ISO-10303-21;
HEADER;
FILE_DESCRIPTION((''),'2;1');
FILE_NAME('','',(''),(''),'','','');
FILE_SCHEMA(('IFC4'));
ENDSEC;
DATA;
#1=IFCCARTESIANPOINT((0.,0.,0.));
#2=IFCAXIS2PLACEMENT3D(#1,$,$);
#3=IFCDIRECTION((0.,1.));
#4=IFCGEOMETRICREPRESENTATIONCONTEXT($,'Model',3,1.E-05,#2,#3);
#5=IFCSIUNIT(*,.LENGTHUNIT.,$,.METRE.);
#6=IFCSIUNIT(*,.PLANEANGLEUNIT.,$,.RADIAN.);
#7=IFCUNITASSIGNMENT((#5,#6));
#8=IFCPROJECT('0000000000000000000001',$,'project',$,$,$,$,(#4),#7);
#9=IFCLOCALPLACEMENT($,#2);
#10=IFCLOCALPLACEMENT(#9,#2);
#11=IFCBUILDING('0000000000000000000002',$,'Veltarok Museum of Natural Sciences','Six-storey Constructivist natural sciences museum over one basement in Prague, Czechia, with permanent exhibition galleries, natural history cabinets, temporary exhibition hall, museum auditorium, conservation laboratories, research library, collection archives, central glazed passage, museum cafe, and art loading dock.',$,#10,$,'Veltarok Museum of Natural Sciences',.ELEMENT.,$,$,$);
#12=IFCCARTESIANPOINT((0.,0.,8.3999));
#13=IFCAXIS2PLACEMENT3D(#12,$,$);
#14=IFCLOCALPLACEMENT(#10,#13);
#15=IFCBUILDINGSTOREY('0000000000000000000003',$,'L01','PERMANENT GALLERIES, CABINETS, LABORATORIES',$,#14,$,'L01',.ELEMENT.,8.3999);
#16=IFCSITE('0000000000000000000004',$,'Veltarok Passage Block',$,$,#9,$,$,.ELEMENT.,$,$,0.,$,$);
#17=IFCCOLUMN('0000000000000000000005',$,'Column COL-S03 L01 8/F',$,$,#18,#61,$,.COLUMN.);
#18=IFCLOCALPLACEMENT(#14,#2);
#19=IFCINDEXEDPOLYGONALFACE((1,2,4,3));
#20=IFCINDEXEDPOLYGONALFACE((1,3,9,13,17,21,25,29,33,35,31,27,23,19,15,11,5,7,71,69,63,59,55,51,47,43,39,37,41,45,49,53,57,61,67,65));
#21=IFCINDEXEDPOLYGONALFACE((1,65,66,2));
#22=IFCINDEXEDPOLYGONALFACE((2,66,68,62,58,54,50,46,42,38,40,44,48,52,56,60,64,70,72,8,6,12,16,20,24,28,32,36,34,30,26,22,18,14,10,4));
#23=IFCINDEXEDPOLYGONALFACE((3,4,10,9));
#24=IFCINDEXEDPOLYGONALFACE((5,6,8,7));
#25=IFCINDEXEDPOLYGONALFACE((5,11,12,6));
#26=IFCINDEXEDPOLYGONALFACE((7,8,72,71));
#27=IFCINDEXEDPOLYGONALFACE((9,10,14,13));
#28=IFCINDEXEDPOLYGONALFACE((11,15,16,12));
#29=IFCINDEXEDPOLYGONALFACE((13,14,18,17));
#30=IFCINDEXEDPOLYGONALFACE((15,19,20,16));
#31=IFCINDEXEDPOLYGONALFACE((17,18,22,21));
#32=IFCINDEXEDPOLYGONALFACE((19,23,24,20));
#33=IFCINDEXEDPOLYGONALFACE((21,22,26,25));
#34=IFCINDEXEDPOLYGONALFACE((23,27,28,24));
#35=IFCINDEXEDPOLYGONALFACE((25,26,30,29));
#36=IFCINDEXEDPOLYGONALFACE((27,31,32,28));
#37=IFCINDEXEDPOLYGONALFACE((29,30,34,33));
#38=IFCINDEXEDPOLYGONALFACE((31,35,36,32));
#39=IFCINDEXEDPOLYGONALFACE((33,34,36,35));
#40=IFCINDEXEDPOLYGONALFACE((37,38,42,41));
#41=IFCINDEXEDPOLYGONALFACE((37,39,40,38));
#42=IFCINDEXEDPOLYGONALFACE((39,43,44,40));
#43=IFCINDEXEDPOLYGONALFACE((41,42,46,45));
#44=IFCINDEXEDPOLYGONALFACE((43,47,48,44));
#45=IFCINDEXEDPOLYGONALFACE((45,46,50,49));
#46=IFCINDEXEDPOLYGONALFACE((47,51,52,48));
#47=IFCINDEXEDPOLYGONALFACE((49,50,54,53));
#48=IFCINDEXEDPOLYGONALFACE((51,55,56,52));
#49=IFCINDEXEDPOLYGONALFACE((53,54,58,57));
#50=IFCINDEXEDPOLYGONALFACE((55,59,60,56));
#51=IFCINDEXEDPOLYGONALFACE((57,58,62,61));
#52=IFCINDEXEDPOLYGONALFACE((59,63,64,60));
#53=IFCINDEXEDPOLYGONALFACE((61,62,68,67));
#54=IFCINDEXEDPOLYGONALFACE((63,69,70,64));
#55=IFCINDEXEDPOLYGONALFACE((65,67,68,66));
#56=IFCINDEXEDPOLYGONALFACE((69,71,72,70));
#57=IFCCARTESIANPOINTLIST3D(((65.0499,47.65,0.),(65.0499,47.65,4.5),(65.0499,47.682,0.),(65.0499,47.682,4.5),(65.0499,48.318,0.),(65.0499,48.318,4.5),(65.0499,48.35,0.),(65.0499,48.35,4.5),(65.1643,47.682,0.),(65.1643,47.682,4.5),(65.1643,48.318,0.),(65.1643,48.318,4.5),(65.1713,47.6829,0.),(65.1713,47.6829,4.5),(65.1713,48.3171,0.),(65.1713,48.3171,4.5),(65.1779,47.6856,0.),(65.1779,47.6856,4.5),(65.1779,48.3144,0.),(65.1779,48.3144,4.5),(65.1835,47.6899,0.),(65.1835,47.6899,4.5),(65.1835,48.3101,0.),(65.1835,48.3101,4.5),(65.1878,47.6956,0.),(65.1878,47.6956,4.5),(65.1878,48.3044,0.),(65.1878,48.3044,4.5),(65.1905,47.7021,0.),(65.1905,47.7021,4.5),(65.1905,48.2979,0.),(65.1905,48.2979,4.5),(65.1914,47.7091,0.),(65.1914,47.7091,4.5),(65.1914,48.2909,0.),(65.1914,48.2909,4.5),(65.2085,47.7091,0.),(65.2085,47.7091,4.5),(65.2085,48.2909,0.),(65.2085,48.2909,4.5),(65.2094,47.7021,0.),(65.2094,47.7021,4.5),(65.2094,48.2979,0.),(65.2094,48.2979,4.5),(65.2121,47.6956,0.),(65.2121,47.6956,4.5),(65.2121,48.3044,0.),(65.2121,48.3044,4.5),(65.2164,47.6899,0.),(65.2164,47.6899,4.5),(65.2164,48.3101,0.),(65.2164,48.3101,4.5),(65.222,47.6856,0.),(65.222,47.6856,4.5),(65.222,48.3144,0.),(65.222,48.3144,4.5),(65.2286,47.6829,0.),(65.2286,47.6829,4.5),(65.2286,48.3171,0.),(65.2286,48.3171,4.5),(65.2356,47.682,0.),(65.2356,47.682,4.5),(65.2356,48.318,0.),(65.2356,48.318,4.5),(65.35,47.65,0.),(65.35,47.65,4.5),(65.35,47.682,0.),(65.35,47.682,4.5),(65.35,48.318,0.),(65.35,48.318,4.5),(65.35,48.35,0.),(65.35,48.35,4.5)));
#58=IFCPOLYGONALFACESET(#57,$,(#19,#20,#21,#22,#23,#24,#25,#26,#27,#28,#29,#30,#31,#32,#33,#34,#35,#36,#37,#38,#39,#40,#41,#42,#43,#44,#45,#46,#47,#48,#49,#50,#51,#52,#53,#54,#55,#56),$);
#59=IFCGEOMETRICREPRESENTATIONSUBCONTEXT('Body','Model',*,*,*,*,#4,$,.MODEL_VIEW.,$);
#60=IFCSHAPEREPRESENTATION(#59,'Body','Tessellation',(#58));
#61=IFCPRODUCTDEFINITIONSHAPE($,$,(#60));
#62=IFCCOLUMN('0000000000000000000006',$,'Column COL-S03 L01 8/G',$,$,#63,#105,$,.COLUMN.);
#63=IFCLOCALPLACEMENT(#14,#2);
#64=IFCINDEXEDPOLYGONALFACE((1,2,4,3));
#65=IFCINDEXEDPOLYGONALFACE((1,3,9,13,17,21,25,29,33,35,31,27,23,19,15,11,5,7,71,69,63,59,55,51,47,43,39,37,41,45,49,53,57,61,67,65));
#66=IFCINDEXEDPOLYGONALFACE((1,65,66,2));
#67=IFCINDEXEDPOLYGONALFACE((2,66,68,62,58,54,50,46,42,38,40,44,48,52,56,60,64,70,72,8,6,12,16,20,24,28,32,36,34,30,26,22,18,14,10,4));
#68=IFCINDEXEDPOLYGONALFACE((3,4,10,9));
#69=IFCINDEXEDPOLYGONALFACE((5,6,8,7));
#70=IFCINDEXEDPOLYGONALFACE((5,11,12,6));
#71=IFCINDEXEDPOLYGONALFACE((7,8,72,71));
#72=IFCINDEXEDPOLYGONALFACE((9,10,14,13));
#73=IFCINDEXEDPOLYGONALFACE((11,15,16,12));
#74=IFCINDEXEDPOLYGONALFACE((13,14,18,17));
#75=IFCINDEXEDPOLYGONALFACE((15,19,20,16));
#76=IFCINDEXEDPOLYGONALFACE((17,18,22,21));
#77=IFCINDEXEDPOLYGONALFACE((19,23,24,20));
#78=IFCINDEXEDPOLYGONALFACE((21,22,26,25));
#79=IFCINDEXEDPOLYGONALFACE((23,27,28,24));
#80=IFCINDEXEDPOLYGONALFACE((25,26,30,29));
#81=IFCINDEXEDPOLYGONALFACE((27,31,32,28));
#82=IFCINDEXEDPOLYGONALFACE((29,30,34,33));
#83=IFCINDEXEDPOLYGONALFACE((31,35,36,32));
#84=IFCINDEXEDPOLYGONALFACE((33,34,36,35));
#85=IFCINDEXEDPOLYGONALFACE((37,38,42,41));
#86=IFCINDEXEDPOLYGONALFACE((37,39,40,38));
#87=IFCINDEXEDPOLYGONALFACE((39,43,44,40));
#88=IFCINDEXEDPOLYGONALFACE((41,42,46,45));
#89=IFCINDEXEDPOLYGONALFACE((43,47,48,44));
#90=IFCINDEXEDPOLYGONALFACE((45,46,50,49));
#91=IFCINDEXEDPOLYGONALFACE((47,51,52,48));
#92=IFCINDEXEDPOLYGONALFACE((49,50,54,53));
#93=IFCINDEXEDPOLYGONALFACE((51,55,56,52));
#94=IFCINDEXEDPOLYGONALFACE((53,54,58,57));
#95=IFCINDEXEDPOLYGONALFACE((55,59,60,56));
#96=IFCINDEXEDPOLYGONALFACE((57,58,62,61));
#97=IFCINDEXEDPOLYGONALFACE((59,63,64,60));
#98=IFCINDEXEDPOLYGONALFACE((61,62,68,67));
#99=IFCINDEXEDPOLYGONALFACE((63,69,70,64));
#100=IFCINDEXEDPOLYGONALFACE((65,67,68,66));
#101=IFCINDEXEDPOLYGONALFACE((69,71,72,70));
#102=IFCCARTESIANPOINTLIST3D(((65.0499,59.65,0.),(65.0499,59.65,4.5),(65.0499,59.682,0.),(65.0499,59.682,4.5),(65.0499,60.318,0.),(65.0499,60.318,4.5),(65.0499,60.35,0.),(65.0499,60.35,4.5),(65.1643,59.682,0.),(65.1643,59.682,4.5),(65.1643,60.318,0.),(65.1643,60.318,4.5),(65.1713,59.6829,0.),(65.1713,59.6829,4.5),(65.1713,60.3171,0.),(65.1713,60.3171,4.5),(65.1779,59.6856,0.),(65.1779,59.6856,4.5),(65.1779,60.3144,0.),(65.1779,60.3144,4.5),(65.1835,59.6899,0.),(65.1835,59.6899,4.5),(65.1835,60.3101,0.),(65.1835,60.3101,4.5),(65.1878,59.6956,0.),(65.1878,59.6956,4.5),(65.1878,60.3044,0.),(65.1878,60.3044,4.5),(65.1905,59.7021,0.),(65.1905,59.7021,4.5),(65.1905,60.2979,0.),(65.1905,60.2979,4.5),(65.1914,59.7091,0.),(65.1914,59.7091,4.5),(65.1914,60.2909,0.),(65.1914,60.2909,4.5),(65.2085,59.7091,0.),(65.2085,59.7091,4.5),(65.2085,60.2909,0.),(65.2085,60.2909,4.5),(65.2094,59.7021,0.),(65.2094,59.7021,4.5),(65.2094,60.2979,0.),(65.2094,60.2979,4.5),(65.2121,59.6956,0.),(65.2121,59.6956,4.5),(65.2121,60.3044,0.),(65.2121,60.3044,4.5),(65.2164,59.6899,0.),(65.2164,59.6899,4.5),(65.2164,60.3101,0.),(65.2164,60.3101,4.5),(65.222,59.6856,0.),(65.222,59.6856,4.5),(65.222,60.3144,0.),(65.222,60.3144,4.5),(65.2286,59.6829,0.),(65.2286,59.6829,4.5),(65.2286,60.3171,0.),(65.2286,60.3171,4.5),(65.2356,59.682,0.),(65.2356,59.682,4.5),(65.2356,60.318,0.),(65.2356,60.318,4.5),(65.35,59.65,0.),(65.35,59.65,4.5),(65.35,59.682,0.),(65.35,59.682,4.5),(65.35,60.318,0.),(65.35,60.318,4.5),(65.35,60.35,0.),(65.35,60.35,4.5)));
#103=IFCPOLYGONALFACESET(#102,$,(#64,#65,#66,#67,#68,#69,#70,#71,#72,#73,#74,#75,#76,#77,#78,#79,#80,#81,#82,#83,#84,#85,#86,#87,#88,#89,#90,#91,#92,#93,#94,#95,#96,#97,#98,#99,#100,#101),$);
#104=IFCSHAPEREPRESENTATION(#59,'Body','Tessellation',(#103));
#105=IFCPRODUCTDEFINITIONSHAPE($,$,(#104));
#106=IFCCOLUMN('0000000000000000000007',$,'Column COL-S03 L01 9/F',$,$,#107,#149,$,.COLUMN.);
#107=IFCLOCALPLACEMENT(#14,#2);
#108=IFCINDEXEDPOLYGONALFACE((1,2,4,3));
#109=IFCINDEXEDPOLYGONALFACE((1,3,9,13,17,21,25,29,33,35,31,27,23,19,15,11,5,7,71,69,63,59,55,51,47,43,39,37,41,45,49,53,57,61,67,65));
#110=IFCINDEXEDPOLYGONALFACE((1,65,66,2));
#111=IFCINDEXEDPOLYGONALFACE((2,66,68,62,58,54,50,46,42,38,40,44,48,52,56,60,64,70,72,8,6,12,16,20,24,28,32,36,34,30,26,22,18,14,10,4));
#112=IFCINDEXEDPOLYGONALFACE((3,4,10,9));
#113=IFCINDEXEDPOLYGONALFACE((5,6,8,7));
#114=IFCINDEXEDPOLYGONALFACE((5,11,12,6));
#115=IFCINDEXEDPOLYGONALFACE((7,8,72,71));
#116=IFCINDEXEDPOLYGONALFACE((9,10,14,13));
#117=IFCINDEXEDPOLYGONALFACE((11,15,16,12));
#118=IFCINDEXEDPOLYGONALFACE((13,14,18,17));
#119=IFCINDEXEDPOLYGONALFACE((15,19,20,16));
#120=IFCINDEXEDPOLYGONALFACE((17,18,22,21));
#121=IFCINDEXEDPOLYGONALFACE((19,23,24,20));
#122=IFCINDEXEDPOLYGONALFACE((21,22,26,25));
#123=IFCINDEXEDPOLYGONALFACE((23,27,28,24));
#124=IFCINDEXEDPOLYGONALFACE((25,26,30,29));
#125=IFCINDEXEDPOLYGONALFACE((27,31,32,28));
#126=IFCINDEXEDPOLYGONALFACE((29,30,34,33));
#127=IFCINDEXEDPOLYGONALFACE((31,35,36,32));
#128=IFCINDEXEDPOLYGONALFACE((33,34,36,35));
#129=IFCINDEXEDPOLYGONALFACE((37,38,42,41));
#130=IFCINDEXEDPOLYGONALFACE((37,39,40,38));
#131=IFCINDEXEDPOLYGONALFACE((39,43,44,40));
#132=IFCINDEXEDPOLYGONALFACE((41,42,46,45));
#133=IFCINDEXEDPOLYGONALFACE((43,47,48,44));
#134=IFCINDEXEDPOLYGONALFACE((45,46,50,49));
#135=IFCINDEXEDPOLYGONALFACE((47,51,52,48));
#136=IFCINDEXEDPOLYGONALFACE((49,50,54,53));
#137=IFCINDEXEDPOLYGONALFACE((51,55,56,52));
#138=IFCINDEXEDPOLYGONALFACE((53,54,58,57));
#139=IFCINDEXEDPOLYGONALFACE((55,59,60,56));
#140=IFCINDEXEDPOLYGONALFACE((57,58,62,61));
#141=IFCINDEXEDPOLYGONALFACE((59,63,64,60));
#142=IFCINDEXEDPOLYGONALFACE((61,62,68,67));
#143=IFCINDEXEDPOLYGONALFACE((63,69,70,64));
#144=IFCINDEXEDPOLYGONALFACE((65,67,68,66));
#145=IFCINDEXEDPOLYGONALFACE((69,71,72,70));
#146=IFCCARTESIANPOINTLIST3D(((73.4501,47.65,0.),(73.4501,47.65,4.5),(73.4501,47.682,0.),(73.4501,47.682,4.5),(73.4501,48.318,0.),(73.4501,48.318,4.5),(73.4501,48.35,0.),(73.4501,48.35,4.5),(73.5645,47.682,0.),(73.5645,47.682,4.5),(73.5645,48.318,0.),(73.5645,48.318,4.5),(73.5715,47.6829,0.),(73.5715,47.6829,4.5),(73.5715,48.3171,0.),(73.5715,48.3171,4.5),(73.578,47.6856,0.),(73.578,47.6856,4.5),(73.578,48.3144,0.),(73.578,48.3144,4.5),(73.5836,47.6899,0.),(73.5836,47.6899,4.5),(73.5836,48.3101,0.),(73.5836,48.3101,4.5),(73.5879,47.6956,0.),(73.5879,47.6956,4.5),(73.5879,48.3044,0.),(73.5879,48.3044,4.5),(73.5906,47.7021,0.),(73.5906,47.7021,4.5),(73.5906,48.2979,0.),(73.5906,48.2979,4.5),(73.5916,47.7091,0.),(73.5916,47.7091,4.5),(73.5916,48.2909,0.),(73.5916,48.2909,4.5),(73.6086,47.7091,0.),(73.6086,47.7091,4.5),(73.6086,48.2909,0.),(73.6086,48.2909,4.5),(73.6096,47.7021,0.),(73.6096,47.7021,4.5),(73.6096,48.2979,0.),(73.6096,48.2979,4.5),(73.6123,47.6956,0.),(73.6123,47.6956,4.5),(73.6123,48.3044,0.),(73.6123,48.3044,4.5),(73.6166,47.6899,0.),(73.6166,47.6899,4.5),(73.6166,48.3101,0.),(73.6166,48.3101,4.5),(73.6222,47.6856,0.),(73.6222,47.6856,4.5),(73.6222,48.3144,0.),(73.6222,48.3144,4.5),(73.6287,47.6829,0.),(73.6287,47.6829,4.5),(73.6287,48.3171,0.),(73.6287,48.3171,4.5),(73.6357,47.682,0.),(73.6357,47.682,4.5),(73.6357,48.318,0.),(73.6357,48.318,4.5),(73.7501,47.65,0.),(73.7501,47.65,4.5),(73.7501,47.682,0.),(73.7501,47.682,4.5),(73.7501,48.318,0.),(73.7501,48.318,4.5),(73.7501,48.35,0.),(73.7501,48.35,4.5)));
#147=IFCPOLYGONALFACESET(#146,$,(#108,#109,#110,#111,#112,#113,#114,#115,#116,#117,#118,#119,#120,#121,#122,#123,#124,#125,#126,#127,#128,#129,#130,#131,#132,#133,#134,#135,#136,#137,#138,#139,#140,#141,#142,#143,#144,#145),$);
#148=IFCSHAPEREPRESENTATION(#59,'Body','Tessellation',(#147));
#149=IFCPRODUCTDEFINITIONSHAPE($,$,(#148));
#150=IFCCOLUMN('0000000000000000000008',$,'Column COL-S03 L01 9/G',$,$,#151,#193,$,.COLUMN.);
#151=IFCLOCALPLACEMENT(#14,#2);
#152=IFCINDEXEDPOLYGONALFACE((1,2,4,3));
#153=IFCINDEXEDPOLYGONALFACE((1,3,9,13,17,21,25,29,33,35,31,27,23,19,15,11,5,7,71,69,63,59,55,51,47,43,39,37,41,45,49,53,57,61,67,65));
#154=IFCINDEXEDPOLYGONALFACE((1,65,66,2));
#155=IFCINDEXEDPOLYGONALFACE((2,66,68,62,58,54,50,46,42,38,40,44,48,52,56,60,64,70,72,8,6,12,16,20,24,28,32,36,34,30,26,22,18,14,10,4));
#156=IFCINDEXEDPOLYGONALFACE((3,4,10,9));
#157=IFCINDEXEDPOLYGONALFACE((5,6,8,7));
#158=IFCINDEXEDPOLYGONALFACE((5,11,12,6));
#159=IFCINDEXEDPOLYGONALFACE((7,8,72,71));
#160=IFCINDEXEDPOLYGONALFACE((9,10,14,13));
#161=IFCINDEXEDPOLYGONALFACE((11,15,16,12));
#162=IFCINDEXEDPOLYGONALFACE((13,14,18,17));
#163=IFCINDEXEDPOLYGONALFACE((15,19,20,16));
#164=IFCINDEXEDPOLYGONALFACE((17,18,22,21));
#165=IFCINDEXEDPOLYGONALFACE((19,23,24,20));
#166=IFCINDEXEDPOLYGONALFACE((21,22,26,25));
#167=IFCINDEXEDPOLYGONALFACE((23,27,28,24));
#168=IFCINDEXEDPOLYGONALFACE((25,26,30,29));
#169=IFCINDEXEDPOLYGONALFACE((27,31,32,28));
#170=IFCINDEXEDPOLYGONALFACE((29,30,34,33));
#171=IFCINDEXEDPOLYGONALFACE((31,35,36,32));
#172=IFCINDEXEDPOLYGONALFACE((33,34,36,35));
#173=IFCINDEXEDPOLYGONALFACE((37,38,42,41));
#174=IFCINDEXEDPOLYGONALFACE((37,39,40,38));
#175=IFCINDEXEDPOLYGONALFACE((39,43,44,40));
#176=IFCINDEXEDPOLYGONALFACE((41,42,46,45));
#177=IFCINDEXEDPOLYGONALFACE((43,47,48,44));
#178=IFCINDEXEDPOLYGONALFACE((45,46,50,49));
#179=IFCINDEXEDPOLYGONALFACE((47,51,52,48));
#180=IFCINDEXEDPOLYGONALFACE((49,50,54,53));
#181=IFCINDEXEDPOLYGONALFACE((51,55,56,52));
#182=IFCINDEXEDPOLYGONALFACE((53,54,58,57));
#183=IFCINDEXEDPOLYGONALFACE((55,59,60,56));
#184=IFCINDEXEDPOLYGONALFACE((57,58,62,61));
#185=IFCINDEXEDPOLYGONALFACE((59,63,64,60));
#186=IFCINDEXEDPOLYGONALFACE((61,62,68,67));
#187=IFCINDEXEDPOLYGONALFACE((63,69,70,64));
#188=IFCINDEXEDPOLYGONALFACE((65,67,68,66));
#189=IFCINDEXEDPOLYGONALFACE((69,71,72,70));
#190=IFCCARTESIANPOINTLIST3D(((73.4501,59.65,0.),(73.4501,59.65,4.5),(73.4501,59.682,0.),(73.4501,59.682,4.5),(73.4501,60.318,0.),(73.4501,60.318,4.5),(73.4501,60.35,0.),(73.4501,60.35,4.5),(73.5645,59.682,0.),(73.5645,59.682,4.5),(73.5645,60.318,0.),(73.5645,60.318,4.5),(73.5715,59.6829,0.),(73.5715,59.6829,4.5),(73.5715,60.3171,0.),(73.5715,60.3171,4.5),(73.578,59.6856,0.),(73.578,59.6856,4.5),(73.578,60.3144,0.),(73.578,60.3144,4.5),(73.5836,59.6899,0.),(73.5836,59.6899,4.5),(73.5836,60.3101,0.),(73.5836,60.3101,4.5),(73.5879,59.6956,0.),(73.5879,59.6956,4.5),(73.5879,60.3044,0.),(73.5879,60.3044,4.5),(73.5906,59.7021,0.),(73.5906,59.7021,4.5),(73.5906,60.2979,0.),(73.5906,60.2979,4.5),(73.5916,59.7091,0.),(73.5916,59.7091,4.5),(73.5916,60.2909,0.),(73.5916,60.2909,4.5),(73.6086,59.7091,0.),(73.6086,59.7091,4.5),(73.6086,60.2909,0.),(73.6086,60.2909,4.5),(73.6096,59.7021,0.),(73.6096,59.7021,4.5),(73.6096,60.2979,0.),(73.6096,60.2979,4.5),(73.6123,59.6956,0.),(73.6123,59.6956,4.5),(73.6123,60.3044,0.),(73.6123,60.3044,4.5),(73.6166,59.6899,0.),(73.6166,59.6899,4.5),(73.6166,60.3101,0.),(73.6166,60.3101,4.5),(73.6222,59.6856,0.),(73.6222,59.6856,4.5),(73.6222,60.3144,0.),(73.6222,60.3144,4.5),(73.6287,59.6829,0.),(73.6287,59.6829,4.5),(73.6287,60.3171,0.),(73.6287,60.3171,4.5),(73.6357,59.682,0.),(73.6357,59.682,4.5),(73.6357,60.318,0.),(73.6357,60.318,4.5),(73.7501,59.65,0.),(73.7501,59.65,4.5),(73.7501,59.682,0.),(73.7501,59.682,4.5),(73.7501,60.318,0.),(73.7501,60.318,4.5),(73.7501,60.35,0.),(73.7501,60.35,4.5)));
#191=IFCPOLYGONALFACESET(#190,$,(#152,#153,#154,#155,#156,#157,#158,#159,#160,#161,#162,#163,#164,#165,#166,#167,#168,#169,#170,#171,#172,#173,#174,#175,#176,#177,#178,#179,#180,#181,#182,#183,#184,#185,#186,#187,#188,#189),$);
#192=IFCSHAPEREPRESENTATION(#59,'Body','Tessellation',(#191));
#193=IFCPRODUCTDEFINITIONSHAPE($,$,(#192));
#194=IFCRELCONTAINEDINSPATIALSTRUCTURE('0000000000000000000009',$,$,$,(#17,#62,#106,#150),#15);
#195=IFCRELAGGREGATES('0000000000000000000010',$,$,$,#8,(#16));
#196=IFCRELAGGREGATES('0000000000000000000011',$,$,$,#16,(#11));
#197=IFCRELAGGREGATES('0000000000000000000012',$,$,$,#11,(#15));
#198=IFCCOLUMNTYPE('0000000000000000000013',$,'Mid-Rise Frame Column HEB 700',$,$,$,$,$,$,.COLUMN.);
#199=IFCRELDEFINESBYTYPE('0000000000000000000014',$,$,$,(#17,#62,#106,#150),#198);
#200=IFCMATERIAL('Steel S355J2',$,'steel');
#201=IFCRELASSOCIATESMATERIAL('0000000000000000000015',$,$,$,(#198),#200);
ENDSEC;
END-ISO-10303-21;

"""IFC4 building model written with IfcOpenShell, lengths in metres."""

from ifc_helpers import new_model, si_unit, direction, frame, origin, origin_2d, place, context, subcontext, project, spatial, i_section, extrude, material, material_profile, profile_set, type_object, element, save


model = new_model("IFC4")

# Units and contexts
model_context = context("Model", 3, precision=1e-05, world=origin(), true_north=direction((0.0, 1.0)))
body_context = subcontext(model_context, "Body", "Model", "MODEL_VIEW")
ifc_project = project(units=[si_unit("LENGTHUNIT", "METRE"), si_unit("PLANEANGLEUNIT", "RADIAN")], contexts=[model_context])

# Site, building, storey
site_placement = place(None, origin())
site = spatial("IfcSite", under=ifc_project, at=site_placement, Name="Veltarok Passage Block", CompositionType="ELEMENT", RefElevation=0.0)
building_placement = place(site_placement, origin())
building = spatial("IfcBuilding", under=site, at=building_placement, Name="Veltarok Museum of Natural Sciences", Description="Six-storey Constructivist natural sciences museum over one basement in Prague, Czechia, with permanent exhibition galleries, natural history cabinets, temporary exhibition hall, museum auditorium, conservation laboratories, research library, collection archives, central glazed passage, museum cafe, and art loading dock.", LongName="Veltarok Museum of Natural Sciences", CompositionType="ELEMENT")
storey_placement = place(building_placement, frame((0.0, 0.0, 8.3999)))
storey = spatial("IfcBuildingStorey", under=building, at=storey_placement, Name="L01", Description="PERMANENT GALLERIES, CABINETS, LABORATORIES", LongName="L01", CompositionType="ELEMENT", Elevation=8.3999)

# Columns
ifc_material_1 = material(Name="Steel S355J2", Category="steel")
ifc_material_profile_1 = material_profile(ifc_material_1, i_section(OverallWidth=0.3, OverallDepth=0.7, WebThickness=0.0171, FlangeThickness=0.032, FilletRadius=0.0271, at=origin_2d()), Name="HEB 700")
ifc_profile_set_1 = profile_set([ifc_material_profile_1], Name="Steel S355J2")
column_type = type_object("IfcColumnType", Name="Mid-Rise Frame Column HEB 700", PredefinedType="COLUMN", material=ifc_profile_set_1)
for number, where, z_axis, x_axis, name in (
    (1, (65.2, 48.0, 0.0), (0.0, 0.0, 1.0), (1.0, 0.0, 0.0), "Column COL-S03 L01 8/F"),
    (2, (65.2, 60.0, 0.0), (0.0, 0.0, 1.0), (1.0, 0.0, 0.0), "Column COL-S03 L01 8/G"),
    (3, (73.6001, 48.0, 0.0), (0.0, 0.0, 1.0), (1.0, 0.0, 0.0), "Column COL-S03 L01 9/F"),
    (4, (73.6001, 60.0, 0.0), (0.0, 0.0, 1.0), (1.0, 0.0, 0.0), "Column COL-S03 L01 9/G"),
):
    element("IfcColumn", number, at=place(storey_placement, frame(where, z_axis=z_axis, x_axis=x_axis)), inside=storey, type_object=column_type, Name=name, PredefinedType="COLUMN", context=body_context, shape_type="SweptSolid", body=[
        extrude(i_section(OverallWidth=0.3, OverallDepth=0.7, WebThickness=0.0171, FlangeThickness=0.032, FilletRadius=0.0271, at=origin_2d()), origin(), (0.0, 0.0, 1.0), 4.5),
    ])

save(model, "model.ifc")
